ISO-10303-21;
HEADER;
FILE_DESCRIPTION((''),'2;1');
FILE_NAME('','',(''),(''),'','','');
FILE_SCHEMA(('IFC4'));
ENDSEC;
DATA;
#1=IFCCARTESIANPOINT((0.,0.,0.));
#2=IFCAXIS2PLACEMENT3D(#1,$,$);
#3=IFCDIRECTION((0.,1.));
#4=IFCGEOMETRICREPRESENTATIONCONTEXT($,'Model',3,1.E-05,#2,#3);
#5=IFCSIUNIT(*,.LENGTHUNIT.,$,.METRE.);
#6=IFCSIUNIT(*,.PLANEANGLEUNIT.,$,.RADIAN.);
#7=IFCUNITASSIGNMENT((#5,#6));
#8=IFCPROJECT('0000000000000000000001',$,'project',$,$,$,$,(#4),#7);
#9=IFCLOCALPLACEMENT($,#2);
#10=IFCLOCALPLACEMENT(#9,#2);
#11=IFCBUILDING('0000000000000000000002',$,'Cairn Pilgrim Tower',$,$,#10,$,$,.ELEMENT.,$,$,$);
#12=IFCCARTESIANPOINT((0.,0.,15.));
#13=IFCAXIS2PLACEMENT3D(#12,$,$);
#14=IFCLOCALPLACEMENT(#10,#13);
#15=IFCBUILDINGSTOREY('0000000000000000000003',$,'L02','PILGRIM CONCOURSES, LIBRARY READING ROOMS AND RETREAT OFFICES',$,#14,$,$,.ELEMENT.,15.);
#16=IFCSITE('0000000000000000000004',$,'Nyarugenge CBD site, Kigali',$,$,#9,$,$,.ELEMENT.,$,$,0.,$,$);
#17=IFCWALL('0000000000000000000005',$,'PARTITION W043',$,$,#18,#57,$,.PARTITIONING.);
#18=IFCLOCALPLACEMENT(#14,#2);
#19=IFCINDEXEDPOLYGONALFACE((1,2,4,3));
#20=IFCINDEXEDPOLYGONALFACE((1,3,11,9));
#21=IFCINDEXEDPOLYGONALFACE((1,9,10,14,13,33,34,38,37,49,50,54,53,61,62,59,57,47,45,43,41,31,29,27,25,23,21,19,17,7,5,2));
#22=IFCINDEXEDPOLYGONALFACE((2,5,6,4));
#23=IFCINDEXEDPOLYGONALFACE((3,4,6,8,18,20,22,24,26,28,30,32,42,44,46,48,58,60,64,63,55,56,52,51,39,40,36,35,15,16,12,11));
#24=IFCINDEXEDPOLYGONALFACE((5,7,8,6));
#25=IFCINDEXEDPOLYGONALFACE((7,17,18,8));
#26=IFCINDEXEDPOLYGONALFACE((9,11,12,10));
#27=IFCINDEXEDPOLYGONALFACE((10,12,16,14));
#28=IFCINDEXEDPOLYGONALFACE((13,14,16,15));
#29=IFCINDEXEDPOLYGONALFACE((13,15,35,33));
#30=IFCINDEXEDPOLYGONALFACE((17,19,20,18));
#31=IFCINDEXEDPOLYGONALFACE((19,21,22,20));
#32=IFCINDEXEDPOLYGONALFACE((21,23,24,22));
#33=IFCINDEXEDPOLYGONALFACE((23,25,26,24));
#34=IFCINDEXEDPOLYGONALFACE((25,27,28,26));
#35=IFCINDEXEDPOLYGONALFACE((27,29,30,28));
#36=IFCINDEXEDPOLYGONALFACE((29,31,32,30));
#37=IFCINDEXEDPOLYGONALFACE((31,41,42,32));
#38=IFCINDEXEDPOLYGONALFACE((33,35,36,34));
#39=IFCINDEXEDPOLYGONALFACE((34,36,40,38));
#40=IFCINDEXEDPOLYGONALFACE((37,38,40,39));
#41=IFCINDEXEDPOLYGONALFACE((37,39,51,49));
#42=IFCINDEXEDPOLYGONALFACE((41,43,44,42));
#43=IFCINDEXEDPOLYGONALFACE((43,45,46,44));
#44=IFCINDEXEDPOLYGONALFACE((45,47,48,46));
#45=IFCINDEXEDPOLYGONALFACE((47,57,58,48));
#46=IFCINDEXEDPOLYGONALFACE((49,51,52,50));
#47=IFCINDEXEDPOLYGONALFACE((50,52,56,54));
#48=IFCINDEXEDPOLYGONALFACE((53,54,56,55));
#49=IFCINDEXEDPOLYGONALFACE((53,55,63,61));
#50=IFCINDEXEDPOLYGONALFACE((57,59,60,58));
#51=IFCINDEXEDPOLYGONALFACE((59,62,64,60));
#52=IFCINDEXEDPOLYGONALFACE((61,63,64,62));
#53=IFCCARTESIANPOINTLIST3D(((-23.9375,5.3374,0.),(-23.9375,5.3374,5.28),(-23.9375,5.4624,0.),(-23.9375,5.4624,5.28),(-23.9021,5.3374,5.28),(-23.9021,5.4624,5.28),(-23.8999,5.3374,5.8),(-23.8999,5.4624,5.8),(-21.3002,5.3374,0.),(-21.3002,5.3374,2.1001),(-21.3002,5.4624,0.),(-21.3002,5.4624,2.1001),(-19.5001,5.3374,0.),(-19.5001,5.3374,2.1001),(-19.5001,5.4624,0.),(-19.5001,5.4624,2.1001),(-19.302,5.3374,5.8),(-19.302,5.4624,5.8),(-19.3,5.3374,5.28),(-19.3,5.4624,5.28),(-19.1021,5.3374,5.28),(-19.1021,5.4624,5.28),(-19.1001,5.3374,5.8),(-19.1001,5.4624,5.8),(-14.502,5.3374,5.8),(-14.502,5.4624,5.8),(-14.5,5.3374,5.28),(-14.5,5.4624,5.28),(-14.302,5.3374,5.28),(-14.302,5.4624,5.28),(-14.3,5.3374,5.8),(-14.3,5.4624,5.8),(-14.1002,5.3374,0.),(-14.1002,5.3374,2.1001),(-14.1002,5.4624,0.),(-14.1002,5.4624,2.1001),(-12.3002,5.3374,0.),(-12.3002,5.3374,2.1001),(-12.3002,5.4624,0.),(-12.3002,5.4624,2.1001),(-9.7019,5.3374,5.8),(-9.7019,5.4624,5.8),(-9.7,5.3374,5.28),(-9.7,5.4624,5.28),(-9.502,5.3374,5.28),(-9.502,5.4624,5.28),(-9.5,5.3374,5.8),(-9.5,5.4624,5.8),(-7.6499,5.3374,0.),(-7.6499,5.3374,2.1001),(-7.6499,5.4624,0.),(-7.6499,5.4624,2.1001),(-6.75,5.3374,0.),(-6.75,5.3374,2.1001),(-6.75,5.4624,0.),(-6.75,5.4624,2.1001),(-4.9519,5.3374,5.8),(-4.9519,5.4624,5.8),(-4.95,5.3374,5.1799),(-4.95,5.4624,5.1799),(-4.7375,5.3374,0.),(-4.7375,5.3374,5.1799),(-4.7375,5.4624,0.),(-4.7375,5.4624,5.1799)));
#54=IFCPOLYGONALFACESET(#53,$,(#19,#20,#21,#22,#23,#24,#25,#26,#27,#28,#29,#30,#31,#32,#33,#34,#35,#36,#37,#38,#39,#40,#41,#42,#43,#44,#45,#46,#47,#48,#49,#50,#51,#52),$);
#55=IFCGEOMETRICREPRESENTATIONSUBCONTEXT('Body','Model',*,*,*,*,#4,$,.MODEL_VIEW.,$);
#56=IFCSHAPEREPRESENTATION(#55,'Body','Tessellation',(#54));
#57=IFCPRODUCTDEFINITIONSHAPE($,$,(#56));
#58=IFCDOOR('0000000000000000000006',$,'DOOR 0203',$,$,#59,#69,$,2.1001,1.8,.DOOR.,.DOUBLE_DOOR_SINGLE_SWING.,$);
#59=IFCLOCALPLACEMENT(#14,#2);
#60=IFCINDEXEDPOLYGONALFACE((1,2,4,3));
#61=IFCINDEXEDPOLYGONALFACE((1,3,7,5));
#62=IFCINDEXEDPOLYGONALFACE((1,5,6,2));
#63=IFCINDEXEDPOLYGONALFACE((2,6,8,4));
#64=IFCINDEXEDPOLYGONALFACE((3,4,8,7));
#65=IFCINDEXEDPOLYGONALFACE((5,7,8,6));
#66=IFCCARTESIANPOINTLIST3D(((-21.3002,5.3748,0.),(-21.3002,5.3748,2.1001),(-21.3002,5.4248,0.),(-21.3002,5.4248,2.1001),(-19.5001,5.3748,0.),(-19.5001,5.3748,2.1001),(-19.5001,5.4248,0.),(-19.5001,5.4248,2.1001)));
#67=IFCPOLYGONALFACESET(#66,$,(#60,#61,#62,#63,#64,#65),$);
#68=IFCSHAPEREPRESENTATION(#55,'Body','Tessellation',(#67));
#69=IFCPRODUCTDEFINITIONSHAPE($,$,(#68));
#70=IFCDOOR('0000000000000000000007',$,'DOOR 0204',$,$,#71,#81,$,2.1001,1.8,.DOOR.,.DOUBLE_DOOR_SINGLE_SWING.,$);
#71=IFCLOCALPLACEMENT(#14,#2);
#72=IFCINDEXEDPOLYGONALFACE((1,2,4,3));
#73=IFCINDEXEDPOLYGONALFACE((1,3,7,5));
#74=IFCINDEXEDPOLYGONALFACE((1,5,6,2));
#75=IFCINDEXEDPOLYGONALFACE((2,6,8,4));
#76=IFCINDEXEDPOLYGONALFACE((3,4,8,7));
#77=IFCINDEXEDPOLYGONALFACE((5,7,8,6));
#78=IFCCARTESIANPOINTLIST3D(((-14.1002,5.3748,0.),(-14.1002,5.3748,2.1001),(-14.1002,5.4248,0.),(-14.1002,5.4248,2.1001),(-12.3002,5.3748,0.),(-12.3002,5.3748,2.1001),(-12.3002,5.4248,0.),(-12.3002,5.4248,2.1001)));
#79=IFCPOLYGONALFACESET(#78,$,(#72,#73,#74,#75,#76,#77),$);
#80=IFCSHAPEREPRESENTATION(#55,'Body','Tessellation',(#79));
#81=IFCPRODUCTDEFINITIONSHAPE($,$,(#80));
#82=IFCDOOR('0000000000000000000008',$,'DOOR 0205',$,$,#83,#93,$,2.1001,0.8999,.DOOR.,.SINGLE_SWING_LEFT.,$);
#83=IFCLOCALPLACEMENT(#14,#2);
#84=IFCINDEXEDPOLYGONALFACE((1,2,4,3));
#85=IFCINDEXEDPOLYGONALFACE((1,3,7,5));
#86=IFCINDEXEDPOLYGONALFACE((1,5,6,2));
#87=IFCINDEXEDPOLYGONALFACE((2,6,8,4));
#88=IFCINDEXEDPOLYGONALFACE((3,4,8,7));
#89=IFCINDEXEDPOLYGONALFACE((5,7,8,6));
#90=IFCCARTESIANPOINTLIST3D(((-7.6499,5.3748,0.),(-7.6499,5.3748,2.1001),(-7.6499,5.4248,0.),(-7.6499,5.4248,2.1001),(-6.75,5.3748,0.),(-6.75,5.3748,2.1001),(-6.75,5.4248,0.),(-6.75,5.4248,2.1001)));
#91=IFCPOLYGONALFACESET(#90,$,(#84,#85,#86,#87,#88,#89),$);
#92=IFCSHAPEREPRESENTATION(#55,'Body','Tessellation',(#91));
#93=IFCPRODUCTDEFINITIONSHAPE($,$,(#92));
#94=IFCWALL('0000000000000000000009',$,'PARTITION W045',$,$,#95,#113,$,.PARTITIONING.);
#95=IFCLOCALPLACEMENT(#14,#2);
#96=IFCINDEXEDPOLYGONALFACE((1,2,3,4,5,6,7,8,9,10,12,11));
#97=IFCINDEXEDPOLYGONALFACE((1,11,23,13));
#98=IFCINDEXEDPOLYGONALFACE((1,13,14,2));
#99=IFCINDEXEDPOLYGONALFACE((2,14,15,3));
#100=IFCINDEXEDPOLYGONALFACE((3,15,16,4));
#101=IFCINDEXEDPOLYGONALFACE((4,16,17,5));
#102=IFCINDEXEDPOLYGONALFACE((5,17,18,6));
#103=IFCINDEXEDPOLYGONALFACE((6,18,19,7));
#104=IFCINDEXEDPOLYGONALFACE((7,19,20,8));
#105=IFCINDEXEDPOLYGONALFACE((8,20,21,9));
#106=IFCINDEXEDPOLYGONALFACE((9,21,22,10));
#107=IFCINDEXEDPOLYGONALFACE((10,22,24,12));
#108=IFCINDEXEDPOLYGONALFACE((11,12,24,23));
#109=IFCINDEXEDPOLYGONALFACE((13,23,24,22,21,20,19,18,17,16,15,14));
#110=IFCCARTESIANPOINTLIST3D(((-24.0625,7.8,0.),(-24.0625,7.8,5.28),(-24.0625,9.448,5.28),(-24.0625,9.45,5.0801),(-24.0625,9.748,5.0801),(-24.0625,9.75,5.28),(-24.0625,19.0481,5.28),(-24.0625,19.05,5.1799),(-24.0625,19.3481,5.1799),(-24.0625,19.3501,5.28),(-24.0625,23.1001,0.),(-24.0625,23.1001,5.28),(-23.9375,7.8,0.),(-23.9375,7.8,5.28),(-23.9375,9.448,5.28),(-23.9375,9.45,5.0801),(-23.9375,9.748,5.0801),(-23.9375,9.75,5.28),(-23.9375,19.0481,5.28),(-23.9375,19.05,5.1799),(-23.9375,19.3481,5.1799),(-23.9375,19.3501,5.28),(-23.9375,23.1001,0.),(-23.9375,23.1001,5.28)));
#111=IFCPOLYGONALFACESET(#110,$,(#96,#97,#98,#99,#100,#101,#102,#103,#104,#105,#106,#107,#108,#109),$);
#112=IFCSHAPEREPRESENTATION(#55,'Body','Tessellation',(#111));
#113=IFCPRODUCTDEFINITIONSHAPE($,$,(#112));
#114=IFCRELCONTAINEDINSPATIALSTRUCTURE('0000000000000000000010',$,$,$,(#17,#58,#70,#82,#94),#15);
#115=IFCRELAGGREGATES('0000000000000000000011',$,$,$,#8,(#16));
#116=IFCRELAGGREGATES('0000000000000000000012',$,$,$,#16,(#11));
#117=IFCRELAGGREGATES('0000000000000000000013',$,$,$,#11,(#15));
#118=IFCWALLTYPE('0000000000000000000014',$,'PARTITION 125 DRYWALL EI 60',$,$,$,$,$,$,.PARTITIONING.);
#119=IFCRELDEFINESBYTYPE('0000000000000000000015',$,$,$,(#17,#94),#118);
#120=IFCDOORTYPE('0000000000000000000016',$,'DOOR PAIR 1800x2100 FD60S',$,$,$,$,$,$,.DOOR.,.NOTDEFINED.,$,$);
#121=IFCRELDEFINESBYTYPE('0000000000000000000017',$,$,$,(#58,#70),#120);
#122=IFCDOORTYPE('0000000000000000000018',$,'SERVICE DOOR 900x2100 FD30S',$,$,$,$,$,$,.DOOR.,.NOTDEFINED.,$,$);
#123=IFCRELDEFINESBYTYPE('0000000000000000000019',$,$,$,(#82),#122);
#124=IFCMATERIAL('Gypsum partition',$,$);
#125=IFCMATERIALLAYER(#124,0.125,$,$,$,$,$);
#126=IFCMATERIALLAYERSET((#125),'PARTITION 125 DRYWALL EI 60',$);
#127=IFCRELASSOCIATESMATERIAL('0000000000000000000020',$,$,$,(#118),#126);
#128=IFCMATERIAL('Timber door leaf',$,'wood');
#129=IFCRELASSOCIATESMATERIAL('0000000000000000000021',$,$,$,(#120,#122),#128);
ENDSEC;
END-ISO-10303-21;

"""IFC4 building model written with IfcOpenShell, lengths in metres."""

from ifc_helpers import new_model, si_unit, direction, frame, frame_2d, origin, place, context, subcontext, project, spatial, polyline, rectangle, outline, extrude, material, layer, layer_set, type_object, element, fill, save


model = new_model("IFC4")

# Units and contexts
model_context = context("Model", 3, precision=1e-05, world=origin(), true_north=direction((0.0, 1.0)))
body_context = subcontext(model_context, "Body", "Model", "MODEL_VIEW")
ifc_project = project(units=[si_unit("LENGTHUNIT", "METRE"), si_unit("PLANEANGLEUNIT", "RADIAN")], contexts=[model_context])

# Site, building, storey
site_placement = place(None, origin())
site = spatial("IfcSite", under=ifc_project, at=site_placement, Name="Nyarugenge CBD site, Kigali", CompositionType="ELEMENT", RefElevation=0.0)
building_placement = place(site_placement, origin())
building = spatial("IfcBuilding", under=site, at=building_placement, Name="Cairn Pilgrim Tower", CompositionType="ELEMENT")
storey_placement = place(building_placement, frame((0.0, 0.0, 15.0)))
storey = spatial("IfcBuildingStorey", under=building, at=storey_placement, Name="L02", Description="PILGRIM CONCOURSES, LIBRARY READING ROOMS AND RETREAT OFFICES", CompositionType="ELEMENT", Elevation=15.0)

# Shared definitions
ifc_material_1 = material(Name="Gypsum partition")
ifc_layer_1 = layer(ifc_material_1, 0.125)
ifc_layer_set_1 = layer_set([ifc_layer_1], Name="PARTITION 125 DRYWALL EI 60")
wall_type_1 = type_object("IfcWallType", Name="PARTITION 125 DRYWALL EI 60", PredefinedType="PARTITIONING", material=ifc_layer_set_1)

# Shared definitions
ifc_material_2 = material(Name="Timber door leaf", Category="wood")
door_type_1 = type_object("IfcDoorType", Name="DOOR PAIR 1800x2100 FD60S", OperationType="NOTDEFINED", PredefinedType="DOOR", material=ifc_material_2)

# Wall, openings, doors
wall_1_placement = place(storey_placement, frame((-23.9375, 5.3999, 0.0), z_axis=(0.0, 0.0, 1.0), x_axis=(1.0, 0.0, 0.0)))
wall_1 = element("IfcWall", 1, at=wall_1_placement, inside=storey, type_object=wall_type_1, Name="PARTITION W043", PredefinedType="PARTITIONING", context=body_context, shape_type="SweptSolid", body=[
    extrude(outline(polyline([(0.0, 0.0), (19.2, 0.0), (19.2, 5.1799), (18.9875, 5.1799), (18.9856, 5.8), (14.4375, 5.8), (14.4355, 5.28), (14.2375, 5.28), (14.2356, 5.8), (9.6375, 5.8), (9.6355, 5.28), (9.4375, 5.28), (9.4355, 5.8), (4.8374, 5.8), (4.8354, 5.28), (4.6375, 5.28), (4.6355, 5.8), (0.0376, 5.8), (0.0354, 5.28), (0.0, 5.28), (0.0, 0.0)])), frame((0.0, 0.0625, 0.0), z_axis=(0.0, -1.0, 0.0), x_axis=(1.0, 0.0, 0.0)), (0.0, 0.0, 1.0), 0.125),
])
opening_1_placement = place(wall_1_placement, frame((2.6375, 0.0, 0.0)))
opening_1 = element("IfcOpeningElement", 2, at=opening_1_placement, cuts=wall_1, PredefinedType="OPENING", context=body_context, shape_type="SweptSolid", body=[
    extrude(rectangle(XDim=1.8, YDim=2.1001, at=frame_2d((0.8999, 1.05))), frame((0.0, 0.0725, 0.0), z_axis=(0.0, -1.0, 0.0), x_axis=(1.0, 0.0, 0.0)), (0.0, 0.0, 1.0), 0.145),
])
opening_2_placement = place(wall_1_placement, frame((9.8374, 0.0, 0.0)))
opening_2 = element("IfcOpeningElement", 3, at=opening_2_placement, cuts=wall_1, PredefinedType="OPENING", context=body_context, shape_type="SweptSolid", body=[
    extrude(rectangle(XDim=1.8, YDim=2.1001, at=frame_2d((0.8999, 1.05))), frame((0.0, 0.0725, 0.0), z_axis=(0.0, -1.0, 0.0), x_axis=(1.0, 0.0, 0.0)), (0.0, 0.0, 1.0), 0.145),
])
opening_3_placement = place(wall_1_placement, frame((16.2876, 0.0, 0.0)))
opening_3 = element("IfcOpeningElement", 4, at=opening_3_placement, cuts=wall_1, PredefinedType="OPENING", context=body_context, shape_type="SweptSolid", body=[
    extrude(rectangle(XDim=0.8999, YDim=2.1001, at=frame_2d((0.45, 1.05))), frame((0.0, 0.0725, 0.0), z_axis=(0.0, -1.0, 0.0), x_axis=(1.0, 0.0, 0.0)), (0.0, 0.0, 1.0), 0.145),
])
door_1_placement = place(opening_1_placement, origin())
door_1 = element("IfcDoor", 5, at=door_1_placement, inside=storey, type_object=door_type_1, Name="DOOR 0203", OperationType="DOUBLE_DOOR_SINGLE_SWING", OverallHeight=2.1001, OverallWidth=1.8, PredefinedType="DOOR", context=body_context, shape_type="SweptSolid", body=[
    extrude(rectangle(XDim=1.8, YDim=2.1001, at=frame_2d((0.8999, 1.05))), frame((0.0, 0.0249, 0.0), z_axis=(0.0, -1.0, 0.0), x_axis=(1.0, 0.0, 0.0)), (0.0, 0.0, 1.0), 0.05),
])
fill(opening_1, door_1)
door_2_placement = place(opening_2_placement, origin())
door_2 = element("IfcDoor", 6, at=door_2_placement, inside=storey, type_object=door_type_1, Name="DOOR 0204", OperationType="DOUBLE_DOOR_SINGLE_SWING", OverallHeight=2.1001, OverallWidth=1.8, PredefinedType="DOOR", context=body_context, shape_type="SweptSolid", body=[
    extrude(rectangle(XDim=1.8, YDim=2.1001, at=frame_2d((0.8999, 1.05))), frame((0.0, 0.0249, 0.0), z_axis=(0.0, -1.0, 0.0), x_axis=(1.0, 0.0, 0.0)), (0.0, 0.0, 1.0), 0.05),
])
fill(opening_2, door_2)
door_type_2 = type_object("IfcDoorType", Name="SERVICE DOOR 900x2100 FD30S", OperationType="NOTDEFINED", PredefinedType="DOOR", material=ifc_material_2)
door_3_placement = place(opening_3_placement, origin())
door_3 = element("IfcDoor", 7, at=door_3_placement, inside=storey, type_object=door_type_2, Name="DOOR 0205", OperationType="SINGLE_SWING_LEFT", OverallHeight=2.1001, OverallWidth=0.8999, PredefinedType="DOOR", context=body_context, shape_type="SweptSolid", body=[
    extrude(rectangle(XDim=0.8999, YDim=2.1001, at=frame_2d((0.45, 1.05))), frame((0.0, 0.0249, 0.0), z_axis=(0.0, -1.0, 0.0), x_axis=(1.0, 0.0, 0.0)), (0.0, 0.0, 1.0), 0.05),
])
fill(opening_3, door_3)

# Wall
wall_2_placement = place(storey_placement, frame((-24.0, 7.8, 0.0), z_axis=(0.0, 0.0, 1.0), x_axis=(0.0, 1.0, 0.0)))
element("IfcWall", 8, at=wall_2_placement, inside=storey, type_object=wall_type_1, Name="PARTITION W045", PredefinedType="PARTITIONING", context=body_context, shape_type="SweptSolid", body=[
    extrude(outline(polyline([(0.0, 0.0), (15.3, 0.0), (15.3, 5.28), (11.55, 5.28), (11.5481, 5.1799), (11.25, 5.1799), (11.248, 5.28), (1.95, 5.28), (1.948, 5.0801), (1.6499, 5.0801), (1.6479, 5.28), (0.0, 5.28), (0.0, 0.0)])), frame((0.0, 0.0625, 0.0), z_axis=(0.0, -1.0, 0.0), x_axis=(1.0, 0.0, 0.0)), (0.0, 0.0, 1.0), 0.125),
])

save(model, "model.ifc")
